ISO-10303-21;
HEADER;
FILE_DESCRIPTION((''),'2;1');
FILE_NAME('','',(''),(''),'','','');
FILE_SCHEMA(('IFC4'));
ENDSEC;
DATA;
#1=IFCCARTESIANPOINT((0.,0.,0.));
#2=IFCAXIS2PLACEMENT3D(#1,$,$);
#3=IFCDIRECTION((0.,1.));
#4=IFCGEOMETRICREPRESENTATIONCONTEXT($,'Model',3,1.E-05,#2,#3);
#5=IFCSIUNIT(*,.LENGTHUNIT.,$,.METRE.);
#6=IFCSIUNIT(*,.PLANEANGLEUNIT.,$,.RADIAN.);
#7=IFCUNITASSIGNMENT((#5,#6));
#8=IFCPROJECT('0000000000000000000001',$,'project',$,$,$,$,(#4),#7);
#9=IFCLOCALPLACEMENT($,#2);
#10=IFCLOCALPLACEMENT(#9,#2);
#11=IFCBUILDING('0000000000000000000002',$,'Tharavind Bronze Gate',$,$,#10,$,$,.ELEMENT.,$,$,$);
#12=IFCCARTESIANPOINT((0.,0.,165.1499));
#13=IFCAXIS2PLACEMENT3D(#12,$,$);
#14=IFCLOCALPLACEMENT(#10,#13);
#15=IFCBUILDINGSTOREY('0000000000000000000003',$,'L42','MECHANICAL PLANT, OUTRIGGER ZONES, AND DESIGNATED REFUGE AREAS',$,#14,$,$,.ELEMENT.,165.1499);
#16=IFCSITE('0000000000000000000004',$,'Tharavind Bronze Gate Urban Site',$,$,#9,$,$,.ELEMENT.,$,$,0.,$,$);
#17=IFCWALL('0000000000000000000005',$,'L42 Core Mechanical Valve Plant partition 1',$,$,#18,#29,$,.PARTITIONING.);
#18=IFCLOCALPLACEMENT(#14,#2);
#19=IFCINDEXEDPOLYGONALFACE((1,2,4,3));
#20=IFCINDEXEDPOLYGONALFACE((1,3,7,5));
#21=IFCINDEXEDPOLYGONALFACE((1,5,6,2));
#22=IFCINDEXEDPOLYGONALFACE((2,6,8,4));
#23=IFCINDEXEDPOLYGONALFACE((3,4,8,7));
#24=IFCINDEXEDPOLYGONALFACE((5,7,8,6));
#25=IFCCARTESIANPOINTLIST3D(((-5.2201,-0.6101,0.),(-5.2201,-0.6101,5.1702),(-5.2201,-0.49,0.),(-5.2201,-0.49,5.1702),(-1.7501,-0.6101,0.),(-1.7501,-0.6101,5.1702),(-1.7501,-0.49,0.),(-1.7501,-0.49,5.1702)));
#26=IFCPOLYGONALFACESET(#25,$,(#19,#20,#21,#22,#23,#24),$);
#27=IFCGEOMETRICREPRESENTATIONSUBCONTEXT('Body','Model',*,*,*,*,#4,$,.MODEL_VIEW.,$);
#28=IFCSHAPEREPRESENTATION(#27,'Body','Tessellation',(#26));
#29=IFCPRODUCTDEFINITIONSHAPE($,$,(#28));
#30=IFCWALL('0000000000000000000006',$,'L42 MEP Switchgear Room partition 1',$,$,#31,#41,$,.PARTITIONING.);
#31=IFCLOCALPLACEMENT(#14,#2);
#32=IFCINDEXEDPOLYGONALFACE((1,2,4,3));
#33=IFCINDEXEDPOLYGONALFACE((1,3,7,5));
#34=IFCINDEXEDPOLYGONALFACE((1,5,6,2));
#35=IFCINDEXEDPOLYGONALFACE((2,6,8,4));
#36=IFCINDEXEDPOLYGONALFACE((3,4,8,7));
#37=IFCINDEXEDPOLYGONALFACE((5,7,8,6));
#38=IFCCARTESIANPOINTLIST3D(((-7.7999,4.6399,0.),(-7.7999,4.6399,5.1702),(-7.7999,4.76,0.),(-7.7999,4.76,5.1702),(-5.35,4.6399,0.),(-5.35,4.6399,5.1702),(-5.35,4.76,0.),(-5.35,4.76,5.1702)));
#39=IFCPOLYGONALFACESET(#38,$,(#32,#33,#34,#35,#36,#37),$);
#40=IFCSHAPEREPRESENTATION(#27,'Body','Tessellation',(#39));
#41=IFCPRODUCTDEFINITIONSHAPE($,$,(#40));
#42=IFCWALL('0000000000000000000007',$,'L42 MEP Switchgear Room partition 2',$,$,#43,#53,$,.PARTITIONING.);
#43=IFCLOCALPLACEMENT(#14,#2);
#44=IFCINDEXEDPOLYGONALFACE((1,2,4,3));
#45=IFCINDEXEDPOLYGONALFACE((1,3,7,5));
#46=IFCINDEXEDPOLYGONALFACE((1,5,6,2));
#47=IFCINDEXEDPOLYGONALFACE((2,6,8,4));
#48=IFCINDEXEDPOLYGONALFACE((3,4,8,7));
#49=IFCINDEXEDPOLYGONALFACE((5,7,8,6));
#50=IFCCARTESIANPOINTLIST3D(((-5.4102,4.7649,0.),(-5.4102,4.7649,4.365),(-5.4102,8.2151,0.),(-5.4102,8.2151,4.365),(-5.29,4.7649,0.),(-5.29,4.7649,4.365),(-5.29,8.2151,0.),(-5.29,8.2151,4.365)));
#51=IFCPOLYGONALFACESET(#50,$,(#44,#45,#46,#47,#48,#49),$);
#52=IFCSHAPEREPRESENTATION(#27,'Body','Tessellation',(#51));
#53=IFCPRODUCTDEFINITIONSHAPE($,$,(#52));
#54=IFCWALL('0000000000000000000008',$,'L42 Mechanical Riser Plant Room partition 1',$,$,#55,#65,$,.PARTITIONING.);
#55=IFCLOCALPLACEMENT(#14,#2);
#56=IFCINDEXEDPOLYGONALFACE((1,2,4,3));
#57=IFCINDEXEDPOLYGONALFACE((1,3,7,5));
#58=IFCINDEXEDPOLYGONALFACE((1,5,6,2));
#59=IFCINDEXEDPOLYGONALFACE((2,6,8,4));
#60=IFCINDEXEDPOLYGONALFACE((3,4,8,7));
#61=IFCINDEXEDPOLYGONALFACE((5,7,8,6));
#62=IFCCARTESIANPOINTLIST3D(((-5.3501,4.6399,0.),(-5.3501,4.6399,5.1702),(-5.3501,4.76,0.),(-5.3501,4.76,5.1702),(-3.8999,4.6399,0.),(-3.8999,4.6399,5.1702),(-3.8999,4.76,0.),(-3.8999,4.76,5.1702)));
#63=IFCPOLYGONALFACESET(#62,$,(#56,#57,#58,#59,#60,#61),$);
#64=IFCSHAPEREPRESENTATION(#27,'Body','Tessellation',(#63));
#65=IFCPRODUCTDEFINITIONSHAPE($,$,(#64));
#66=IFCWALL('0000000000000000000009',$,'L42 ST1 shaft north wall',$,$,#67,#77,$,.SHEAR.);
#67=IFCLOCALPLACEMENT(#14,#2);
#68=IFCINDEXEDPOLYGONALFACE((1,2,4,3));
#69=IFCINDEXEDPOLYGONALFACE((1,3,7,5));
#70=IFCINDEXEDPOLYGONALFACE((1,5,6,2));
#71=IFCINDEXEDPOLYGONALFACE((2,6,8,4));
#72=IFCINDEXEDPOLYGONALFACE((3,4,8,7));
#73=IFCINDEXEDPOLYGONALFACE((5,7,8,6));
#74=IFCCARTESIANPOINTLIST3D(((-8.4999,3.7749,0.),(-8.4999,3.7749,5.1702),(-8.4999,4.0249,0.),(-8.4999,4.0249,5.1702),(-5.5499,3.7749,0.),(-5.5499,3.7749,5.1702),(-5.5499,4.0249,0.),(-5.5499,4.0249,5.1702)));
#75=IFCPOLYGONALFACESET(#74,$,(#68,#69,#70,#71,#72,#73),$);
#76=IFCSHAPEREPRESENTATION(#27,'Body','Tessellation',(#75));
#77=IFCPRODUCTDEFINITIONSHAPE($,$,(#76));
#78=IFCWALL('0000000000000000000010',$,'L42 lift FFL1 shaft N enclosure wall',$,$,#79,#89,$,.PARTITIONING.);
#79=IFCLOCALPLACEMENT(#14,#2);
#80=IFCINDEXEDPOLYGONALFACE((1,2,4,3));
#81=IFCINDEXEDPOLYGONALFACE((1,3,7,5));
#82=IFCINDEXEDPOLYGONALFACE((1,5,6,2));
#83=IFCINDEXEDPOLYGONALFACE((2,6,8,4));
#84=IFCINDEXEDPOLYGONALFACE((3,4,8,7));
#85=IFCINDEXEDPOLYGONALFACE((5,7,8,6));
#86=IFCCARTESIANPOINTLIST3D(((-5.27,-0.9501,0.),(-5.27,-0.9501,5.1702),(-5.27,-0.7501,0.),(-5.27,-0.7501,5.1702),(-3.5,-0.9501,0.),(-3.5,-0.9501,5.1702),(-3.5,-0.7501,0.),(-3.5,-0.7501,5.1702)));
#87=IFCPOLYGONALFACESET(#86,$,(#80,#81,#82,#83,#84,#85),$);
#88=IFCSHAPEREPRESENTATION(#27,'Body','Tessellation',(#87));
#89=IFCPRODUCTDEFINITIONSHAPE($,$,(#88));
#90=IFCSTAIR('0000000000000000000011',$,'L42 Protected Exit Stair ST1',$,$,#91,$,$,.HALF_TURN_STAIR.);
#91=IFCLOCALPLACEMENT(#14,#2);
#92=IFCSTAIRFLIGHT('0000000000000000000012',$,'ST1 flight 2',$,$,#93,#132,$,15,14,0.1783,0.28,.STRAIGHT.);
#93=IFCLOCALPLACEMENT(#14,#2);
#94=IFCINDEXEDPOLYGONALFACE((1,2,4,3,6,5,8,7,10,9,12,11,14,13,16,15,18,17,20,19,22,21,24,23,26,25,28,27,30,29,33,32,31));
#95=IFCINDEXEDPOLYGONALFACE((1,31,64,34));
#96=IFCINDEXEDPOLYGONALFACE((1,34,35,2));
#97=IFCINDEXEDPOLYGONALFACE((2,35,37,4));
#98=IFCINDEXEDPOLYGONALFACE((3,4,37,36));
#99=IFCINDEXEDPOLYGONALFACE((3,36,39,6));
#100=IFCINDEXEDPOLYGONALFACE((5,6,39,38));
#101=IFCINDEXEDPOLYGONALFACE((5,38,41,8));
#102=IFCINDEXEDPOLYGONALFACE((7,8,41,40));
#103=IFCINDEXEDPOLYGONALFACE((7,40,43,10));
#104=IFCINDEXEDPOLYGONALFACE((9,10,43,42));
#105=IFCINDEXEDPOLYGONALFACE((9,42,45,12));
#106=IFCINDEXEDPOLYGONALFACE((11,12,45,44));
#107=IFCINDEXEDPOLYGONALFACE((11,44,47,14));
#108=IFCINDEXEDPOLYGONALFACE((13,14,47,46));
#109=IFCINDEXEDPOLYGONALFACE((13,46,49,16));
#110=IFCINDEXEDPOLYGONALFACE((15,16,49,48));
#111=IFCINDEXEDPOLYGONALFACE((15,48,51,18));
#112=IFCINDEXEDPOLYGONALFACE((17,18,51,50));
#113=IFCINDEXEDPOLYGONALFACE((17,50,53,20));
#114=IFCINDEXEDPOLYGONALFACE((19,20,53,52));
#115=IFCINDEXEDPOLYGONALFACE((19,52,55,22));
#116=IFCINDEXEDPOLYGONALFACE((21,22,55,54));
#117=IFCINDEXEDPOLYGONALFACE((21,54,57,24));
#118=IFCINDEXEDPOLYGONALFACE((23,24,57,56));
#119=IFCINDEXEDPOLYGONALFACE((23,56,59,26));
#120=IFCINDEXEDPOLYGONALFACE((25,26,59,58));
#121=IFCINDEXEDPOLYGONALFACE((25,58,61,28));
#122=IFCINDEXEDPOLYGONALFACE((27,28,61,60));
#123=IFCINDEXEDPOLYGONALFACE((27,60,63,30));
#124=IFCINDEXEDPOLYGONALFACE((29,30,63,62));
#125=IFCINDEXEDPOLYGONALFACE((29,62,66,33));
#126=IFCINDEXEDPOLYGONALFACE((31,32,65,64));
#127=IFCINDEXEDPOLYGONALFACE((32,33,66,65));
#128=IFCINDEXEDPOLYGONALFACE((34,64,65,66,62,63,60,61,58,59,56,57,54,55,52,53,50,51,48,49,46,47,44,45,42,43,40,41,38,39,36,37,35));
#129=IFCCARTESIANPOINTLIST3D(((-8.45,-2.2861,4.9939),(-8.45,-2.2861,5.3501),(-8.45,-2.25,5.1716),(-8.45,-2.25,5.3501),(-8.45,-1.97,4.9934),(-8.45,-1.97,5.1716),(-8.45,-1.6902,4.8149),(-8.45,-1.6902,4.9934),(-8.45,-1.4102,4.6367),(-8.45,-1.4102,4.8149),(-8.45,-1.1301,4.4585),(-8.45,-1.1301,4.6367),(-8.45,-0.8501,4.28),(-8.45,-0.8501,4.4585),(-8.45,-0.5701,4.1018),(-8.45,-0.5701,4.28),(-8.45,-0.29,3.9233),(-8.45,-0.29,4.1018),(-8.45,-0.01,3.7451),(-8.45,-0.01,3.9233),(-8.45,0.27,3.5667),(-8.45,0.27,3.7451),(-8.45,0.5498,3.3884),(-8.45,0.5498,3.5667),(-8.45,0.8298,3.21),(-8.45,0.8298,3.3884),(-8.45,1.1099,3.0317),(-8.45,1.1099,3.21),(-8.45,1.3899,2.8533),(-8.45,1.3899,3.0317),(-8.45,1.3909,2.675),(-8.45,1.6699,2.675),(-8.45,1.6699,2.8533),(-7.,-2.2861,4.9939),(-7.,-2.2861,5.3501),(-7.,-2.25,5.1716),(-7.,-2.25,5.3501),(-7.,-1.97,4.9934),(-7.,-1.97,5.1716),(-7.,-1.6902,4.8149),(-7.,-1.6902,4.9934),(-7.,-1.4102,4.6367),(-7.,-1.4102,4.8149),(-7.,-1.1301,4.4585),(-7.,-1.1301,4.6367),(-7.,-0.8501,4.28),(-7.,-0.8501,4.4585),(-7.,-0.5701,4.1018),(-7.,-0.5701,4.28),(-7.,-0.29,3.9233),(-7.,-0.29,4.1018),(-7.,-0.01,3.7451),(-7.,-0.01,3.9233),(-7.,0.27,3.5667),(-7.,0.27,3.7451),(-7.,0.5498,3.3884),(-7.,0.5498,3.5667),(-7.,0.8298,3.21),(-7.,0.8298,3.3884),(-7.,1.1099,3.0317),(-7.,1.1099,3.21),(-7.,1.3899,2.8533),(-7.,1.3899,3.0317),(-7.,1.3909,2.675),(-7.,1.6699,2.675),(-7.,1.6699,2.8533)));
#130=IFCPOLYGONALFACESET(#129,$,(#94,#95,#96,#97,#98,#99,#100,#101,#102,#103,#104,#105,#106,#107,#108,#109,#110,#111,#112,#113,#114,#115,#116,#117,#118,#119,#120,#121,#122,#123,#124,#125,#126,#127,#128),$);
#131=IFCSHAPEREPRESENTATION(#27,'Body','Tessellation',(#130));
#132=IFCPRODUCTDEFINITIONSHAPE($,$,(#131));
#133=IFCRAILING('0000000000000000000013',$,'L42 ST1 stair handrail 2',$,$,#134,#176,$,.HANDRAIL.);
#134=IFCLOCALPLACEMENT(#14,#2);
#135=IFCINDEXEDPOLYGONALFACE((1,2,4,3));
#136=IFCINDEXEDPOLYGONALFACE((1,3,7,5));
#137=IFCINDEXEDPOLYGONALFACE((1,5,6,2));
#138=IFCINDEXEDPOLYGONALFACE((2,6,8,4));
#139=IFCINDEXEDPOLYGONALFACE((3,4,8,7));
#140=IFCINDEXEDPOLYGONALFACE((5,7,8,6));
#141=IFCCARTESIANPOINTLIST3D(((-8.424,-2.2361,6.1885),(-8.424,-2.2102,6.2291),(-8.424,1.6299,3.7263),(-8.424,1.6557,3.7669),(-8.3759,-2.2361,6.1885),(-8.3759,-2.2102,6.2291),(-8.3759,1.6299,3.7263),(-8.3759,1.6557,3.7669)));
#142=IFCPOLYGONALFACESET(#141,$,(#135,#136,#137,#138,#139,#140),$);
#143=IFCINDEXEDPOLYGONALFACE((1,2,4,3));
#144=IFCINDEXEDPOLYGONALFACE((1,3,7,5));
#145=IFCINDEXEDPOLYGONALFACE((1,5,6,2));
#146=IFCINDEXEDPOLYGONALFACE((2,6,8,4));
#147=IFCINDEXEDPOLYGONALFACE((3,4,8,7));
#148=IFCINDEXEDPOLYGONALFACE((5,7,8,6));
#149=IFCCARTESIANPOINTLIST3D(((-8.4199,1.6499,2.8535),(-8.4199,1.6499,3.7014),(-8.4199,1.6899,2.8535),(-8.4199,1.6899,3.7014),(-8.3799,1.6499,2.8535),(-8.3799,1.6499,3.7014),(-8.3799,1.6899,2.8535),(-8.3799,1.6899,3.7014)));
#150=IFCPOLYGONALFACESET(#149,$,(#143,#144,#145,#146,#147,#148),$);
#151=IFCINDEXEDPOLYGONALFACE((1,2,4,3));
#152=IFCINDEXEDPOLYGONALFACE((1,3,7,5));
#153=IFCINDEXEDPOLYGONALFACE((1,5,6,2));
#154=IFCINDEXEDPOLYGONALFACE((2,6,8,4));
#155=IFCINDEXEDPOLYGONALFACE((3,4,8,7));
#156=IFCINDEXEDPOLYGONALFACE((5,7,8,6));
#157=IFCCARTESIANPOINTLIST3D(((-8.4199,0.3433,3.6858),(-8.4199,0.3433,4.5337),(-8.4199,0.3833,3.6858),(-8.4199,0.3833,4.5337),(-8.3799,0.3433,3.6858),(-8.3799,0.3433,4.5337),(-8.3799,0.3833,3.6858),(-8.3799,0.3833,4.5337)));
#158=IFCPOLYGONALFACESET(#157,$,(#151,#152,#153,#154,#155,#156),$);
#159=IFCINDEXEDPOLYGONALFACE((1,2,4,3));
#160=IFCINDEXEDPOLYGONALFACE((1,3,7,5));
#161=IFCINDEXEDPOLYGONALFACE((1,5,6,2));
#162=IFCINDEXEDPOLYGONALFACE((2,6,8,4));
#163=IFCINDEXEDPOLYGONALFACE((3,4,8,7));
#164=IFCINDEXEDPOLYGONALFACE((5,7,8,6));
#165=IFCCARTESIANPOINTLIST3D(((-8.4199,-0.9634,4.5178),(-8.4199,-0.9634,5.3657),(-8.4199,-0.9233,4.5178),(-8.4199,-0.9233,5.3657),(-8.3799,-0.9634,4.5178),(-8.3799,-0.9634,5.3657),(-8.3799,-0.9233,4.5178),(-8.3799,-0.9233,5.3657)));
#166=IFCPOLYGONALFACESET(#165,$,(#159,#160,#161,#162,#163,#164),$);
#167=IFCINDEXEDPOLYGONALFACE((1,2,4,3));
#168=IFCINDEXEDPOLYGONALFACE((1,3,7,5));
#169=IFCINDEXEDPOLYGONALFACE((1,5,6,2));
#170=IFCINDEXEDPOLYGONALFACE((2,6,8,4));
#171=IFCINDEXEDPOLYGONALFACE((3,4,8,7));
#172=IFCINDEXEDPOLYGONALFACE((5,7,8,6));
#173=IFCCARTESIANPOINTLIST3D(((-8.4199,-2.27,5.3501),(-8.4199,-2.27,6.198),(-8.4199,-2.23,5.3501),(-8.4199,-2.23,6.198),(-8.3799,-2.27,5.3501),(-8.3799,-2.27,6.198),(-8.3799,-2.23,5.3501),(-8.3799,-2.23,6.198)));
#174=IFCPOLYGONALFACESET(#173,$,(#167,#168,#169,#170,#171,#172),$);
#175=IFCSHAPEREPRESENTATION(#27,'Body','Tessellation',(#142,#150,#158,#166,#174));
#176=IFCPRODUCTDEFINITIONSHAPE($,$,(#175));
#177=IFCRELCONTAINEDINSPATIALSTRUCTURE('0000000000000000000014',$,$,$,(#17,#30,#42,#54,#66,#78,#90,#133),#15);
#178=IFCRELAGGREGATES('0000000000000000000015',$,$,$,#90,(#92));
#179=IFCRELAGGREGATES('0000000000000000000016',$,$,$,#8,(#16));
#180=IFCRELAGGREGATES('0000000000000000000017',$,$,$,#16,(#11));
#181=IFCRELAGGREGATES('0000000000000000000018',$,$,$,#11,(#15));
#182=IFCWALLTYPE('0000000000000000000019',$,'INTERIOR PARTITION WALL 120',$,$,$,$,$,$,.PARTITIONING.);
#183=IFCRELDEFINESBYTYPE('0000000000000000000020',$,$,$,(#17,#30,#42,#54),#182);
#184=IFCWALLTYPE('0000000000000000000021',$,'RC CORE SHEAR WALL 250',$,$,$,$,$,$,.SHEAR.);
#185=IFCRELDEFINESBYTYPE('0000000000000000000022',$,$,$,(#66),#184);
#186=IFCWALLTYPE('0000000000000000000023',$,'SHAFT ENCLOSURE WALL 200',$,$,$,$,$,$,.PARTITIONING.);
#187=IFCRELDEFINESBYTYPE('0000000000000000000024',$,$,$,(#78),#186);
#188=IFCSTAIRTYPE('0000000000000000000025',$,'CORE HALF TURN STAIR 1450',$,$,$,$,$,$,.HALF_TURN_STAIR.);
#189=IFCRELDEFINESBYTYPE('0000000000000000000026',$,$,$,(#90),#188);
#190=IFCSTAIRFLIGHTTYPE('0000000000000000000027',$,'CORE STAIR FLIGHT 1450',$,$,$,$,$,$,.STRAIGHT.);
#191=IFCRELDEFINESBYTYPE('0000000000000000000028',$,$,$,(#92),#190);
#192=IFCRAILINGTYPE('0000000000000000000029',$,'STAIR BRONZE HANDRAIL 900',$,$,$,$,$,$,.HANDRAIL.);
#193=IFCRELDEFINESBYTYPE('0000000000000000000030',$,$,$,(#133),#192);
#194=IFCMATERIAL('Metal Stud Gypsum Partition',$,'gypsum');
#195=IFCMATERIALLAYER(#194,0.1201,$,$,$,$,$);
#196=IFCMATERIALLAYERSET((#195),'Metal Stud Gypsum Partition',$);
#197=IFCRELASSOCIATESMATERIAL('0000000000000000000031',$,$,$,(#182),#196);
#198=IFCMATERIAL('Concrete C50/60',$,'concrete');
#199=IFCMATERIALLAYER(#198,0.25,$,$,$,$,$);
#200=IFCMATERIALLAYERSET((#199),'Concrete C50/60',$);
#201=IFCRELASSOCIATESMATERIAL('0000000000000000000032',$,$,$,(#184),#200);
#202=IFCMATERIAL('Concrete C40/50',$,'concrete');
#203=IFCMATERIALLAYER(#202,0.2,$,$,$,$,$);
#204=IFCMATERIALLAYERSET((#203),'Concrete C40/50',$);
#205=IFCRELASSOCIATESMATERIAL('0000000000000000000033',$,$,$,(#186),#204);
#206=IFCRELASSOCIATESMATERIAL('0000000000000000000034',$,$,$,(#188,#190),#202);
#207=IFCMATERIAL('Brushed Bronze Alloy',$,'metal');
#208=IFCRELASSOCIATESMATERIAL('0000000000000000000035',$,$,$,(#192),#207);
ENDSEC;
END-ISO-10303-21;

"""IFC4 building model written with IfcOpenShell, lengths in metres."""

from ifc_helpers import new_model, si_unit, direction, frame, frame_2d, origin, origin_2d, place, context, subcontext, project, spatial, polyline, rectangle, outline, extrude, material, layer, layer_set, type_object, element, aggregate, save


model = new_model("IFC4")

# Units and contexts
model_context = context("Model", 3, precision=1e-05, world=origin(), true_north=direction((0.0, 1.0)))
body_context = subcontext(model_context, "Body", "Model", "MODEL_VIEW")
ifc_project = project(units=[si_unit("LENGTHUNIT", "METRE"), si_unit("PLANEANGLEUNIT", "RADIAN")], contexts=[model_context])

# Site, building, storey
site_placement = place(None, origin())
site = spatial("IfcSite", under=ifc_project, at=site_placement, Name="Tharavind Bronze Gate Urban Site", CompositionType="ELEMENT", RefElevation=0.0)
building_placement = place(site_placement, origin())
building = spatial("IfcBuilding", under=site, at=building_placement, Name="Tharavind Bronze Gate", CompositionType="ELEMENT")
storey_placement = place(building_placement, frame((0.0, 0.0, 165.1499)))
storey = spatial("IfcBuildingStorey", under=building, at=storey_placement, Name="L42", Description="MECHANICAL PLANT, OUTRIGGER ZONES, AND DESIGNATED REFUGE AREAS", CompositionType="ELEMENT", Elevation=165.1499)

# Walls
ifc_material_1 = material(Name="Metal Stud Gypsum Partition", Category="gypsum")
ifc_layer_1 = layer(ifc_material_1, 0.1201)
ifc_layer_set_1 = layer_set([ifc_layer_1], Name="Metal Stud Gypsum Partition")
wall_type_1 = type_object("IfcWallType", Name="INTERIOR PARTITION WALL 120", PredefinedType="PARTITIONING", material=ifc_layer_set_1)
wall_1_placement = place(storey_placement, frame((-5.22, -0.55, 0.0), z_axis=(0.0, 0.0, 1.0), x_axis=(1.0, 0.0, 0.0)))
element("IfcWall", 1, at=wall_1_placement, inside=storey, type_object=wall_type_1, Name="L42 Core Mechanical Valve Plant partition 1", PredefinedType="PARTITIONING", context=body_context, shape_type="SweptSolid", body=[
    extrude(rectangle(XDim=3.47, YDim=0.1201, at=frame_2d((1.7349, 0.0))), origin(), (0.0, 0.0, 1.0), 5.1702),
])
wall_2_placement = place(storey_placement, frame((-7.8, 4.7, 0.0), z_axis=(0.0, 0.0, 1.0), x_axis=(1.0, 0.0, 0.0)))
element("IfcWall", 2, at=wall_2_placement, inside=storey, type_object=wall_type_1, Name="L42 MEP Switchgear Room partition 1", PredefinedType="PARTITIONING", context=body_context, shape_type="SweptSolid", body=[
    extrude(rectangle(XDim=2.45, YDim=0.1201, at=frame_2d((1.2251, 0.0))), origin(), (0.0, 0.0, 1.0), 5.1702),
])
wall_3_placement = place(storey_placement, frame((-5.3501, 4.7649, 0.0), z_axis=(0.0, 0.0, 1.0), x_axis=(0.0, 1.0, 0.0)))
element("IfcWall", 3, at=wall_3_placement, inside=storey, type_object=wall_type_1, Name="L42 MEP Switchgear Room partition 2", PredefinedType="PARTITIONING", context=body_context, shape_type="SweptSolid", body=[
    extrude(rectangle(XDim=3.4502, YDim=0.1201, at=frame_2d((1.7251, 0.0))), origin(), (0.0, 0.0, 1.0), 4.365),
])
wall_4_placement = place(storey_placement, frame((-5.3501, 4.7, 0.0), z_axis=(0.0, 0.0, 1.0), x_axis=(1.0, 0.0, 0.0)))
element("IfcWall", 4, at=wall_4_placement, inside=storey, type_object=wall_type_1, Name="L42 Mechanical Riser Plant Room partition 1", PredefinedType="PARTITIONING", context=body_context, shape_type="SweptSolid", body=[
    extrude(rectangle(XDim=1.4502, YDim=0.1201, at=frame_2d((0.7251, 0.0))), origin(), (0.0, 0.0, 1.0), 5.1702),
])
ifc_material_2 = material(Name="Concrete C50/60", Category="concrete")
ifc_layer_2 = layer(ifc_material_2, 0.25)
ifc_layer_set_2 = layer_set([ifc_layer_2], Name="Concrete C50/60")
wall_type_2 = type_object("IfcWallType", Name="RC CORE SHEAR WALL 250", PredefinedType="SHEAR", material=ifc_layer_set_2)
wall_5_placement = place(storey_placement, frame((-8.5, 3.8999, 0.0), z_axis=(0.0, 0.0, 1.0), x_axis=(1.0, 0.0, 0.0)))
element("IfcWall", 5, at=wall_5_placement, inside=storey, type_object=wall_type_2, Name="L42 ST1 shaft north wall", PredefinedType="SHEAR", context=body_context, shape_type="SweptSolid", body=[
    extrude(rectangle(XDim=2.95, YDim=0.25, at=frame_2d((1.4751, 0.0))), origin(), (0.0, 0.0, 1.0), 5.1702),
])
ifc_material_3 = material(Name="Concrete C40/50", Category="concrete")
ifc_layer_3 = layer(ifc_material_3, 0.2)
ifc_layer_set_3 = layer_set([ifc_layer_3], Name="Concrete C40/50")
wall_type_3 = type_object("IfcWallType", Name="SHAFT ENCLOSURE WALL 200", PredefinedType="PARTITIONING", material=ifc_layer_set_3)
wall_6_placement = place(storey_placement, frame((-5.27, -0.8501, 0.0), z_axis=(0.0, 0.0, 1.0), x_axis=(1.0, 0.0, 0.0)))
element("IfcWall", 6, at=wall_6_placement, inside=storey, type_object=wall_type_3, Name="L42 lift FFL1 shaft N enclosure wall", PredefinedType="PARTITIONING", context=body_context, shape_type="SweptSolid", body=[
    extrude(rectangle(XDim=1.77, YDim=0.2, at=frame_2d((0.885, 0.0))), origin(), (0.0, 0.0, 1.0), 5.1702),
])

# Stair, stair flight
stair_type = type_object("IfcStairType", Name="CORE HALF TURN STAIR 1450", PredefinedType="HALF_TURN_STAIR", material=ifc_material_3)
stair_placement = place(storey_placement, origin())
stair = element("IfcStair", 7, at=stair_placement, inside=storey, type_object=stair_type, Name="L42 Protected Exit Stair ST1", PredefinedType="HALF_TURN_STAIR")
stair_flight_type = type_object("IfcStairFlightType", Name="CORE STAIR FLIGHT 1450", PredefinedType="STRAIGHT", material=ifc_material_3)
stair_flight_placement = place(storey_placement, frame((-7.7251, 1.6699, 2.675), z_axis=(0.0, 0.0, 1.0), x_axis=(0.0, -1.0, 0.0)))
stair_flight = element("IfcStairFlight", 8, at=stair_flight_placement, type_object=stair_flight_type, Name="ST1 flight 2", NumberOfRisers=15, NumberOfTreads=14, PredefinedType="STRAIGHT", RiserHeight=0.1783, TreadLength=0.28, context=body_context, shape_type="SweptSolid", body=[
    extrude(outline(polyline([(0.0, 0.0), (0.0, 0.1782), (0.28, 0.1782), (0.28, 0.3567), (0.5601, 0.3567), (0.5601, 0.5349), (0.8401, 0.5349), (0.8401, 0.7134), (1.1201, 0.7134), (1.1201, 0.8916), (1.3999, 0.8916), (1.3999, 1.0701), (1.6799, 1.0701), (1.6799, 1.2483), (1.96, 1.2483), (1.96, 1.4268), (2.24, 1.4268), (2.24, 1.605), (2.52, 1.605), (2.52, 1.7834), (2.8, 1.7834), (2.8, 1.9617), (3.0801, 1.9617), (3.0801, 2.1399), (3.3601, 2.1399), (3.3601, 2.3184), (3.6399, 2.3184), (3.6399, 2.4966), (3.9199, 2.4966), (3.9199, 2.675), (3.9561, 2.675), (3.9561, 2.3188), (0.2791, 0.0), (0.0, 0.0)])), frame((0.0, 0.7251, 0.0), z_axis=(0.0, -1.0, 0.0), x_axis=(1.0, 0.0, 0.0)), (0.0, 0.0, 1.0), 1.45),
])
aggregate(stair, [stair_flight])

# Railing
ifc_material_4 = material(Name="Brushed Bronze Alloy", Category="metal")
railing_type_1 = type_object("IfcRailingType", Name="STAIR BRONZE HANDRAIL 900", PredefinedType="HANDRAIL", material=ifc_material_4)
railing_1_placement = place(storey_placement, frame((-8.3999, 1.6699, 2.8535)))
element("IfcRailing", 9, at=railing_1_placement, inside=storey, type_object=railing_type_1, Name="L42 ST1 stair handrail 2", PredefinedType="HANDRAIL", context=body_context, shape_type="SweptSolid", body=[
    extrude(rectangle(XDim=0.0481, YDim=0.0481, at=origin_2d()), frame((0.0, -0.0271, 0.8931), z_axis=(0.0, -0.843458, 0.537195), x_axis=(1.0, 0.0, 0.0)), (0.0, 0.0, 1.0), 4.5835),
    extrude(rectangle(XDim=0.04, YDim=0.04, at=origin_2d()), origin(), (0.0, 0.0, 1.0), 0.8479),
    extrude(rectangle(XDim=0.04, YDim=0.04, at=origin_2d()), frame((0.0, -1.3066, 0.8323)), (0.0, 0.0, 1.0), 0.8479),
    extrude(rectangle(XDim=0.04, YDim=0.04, at=origin_2d()), frame((0.0, -2.6133, 1.6643)), (0.0, 0.0, 1.0), 0.8479),
    extrude(rectangle(XDim=0.04, YDim=0.04, at=origin_2d()), frame((0.0, -3.9199, 2.4966)), (0.0, 0.0, 1.0), 0.8479),
])

save(model, "model.ifc")
